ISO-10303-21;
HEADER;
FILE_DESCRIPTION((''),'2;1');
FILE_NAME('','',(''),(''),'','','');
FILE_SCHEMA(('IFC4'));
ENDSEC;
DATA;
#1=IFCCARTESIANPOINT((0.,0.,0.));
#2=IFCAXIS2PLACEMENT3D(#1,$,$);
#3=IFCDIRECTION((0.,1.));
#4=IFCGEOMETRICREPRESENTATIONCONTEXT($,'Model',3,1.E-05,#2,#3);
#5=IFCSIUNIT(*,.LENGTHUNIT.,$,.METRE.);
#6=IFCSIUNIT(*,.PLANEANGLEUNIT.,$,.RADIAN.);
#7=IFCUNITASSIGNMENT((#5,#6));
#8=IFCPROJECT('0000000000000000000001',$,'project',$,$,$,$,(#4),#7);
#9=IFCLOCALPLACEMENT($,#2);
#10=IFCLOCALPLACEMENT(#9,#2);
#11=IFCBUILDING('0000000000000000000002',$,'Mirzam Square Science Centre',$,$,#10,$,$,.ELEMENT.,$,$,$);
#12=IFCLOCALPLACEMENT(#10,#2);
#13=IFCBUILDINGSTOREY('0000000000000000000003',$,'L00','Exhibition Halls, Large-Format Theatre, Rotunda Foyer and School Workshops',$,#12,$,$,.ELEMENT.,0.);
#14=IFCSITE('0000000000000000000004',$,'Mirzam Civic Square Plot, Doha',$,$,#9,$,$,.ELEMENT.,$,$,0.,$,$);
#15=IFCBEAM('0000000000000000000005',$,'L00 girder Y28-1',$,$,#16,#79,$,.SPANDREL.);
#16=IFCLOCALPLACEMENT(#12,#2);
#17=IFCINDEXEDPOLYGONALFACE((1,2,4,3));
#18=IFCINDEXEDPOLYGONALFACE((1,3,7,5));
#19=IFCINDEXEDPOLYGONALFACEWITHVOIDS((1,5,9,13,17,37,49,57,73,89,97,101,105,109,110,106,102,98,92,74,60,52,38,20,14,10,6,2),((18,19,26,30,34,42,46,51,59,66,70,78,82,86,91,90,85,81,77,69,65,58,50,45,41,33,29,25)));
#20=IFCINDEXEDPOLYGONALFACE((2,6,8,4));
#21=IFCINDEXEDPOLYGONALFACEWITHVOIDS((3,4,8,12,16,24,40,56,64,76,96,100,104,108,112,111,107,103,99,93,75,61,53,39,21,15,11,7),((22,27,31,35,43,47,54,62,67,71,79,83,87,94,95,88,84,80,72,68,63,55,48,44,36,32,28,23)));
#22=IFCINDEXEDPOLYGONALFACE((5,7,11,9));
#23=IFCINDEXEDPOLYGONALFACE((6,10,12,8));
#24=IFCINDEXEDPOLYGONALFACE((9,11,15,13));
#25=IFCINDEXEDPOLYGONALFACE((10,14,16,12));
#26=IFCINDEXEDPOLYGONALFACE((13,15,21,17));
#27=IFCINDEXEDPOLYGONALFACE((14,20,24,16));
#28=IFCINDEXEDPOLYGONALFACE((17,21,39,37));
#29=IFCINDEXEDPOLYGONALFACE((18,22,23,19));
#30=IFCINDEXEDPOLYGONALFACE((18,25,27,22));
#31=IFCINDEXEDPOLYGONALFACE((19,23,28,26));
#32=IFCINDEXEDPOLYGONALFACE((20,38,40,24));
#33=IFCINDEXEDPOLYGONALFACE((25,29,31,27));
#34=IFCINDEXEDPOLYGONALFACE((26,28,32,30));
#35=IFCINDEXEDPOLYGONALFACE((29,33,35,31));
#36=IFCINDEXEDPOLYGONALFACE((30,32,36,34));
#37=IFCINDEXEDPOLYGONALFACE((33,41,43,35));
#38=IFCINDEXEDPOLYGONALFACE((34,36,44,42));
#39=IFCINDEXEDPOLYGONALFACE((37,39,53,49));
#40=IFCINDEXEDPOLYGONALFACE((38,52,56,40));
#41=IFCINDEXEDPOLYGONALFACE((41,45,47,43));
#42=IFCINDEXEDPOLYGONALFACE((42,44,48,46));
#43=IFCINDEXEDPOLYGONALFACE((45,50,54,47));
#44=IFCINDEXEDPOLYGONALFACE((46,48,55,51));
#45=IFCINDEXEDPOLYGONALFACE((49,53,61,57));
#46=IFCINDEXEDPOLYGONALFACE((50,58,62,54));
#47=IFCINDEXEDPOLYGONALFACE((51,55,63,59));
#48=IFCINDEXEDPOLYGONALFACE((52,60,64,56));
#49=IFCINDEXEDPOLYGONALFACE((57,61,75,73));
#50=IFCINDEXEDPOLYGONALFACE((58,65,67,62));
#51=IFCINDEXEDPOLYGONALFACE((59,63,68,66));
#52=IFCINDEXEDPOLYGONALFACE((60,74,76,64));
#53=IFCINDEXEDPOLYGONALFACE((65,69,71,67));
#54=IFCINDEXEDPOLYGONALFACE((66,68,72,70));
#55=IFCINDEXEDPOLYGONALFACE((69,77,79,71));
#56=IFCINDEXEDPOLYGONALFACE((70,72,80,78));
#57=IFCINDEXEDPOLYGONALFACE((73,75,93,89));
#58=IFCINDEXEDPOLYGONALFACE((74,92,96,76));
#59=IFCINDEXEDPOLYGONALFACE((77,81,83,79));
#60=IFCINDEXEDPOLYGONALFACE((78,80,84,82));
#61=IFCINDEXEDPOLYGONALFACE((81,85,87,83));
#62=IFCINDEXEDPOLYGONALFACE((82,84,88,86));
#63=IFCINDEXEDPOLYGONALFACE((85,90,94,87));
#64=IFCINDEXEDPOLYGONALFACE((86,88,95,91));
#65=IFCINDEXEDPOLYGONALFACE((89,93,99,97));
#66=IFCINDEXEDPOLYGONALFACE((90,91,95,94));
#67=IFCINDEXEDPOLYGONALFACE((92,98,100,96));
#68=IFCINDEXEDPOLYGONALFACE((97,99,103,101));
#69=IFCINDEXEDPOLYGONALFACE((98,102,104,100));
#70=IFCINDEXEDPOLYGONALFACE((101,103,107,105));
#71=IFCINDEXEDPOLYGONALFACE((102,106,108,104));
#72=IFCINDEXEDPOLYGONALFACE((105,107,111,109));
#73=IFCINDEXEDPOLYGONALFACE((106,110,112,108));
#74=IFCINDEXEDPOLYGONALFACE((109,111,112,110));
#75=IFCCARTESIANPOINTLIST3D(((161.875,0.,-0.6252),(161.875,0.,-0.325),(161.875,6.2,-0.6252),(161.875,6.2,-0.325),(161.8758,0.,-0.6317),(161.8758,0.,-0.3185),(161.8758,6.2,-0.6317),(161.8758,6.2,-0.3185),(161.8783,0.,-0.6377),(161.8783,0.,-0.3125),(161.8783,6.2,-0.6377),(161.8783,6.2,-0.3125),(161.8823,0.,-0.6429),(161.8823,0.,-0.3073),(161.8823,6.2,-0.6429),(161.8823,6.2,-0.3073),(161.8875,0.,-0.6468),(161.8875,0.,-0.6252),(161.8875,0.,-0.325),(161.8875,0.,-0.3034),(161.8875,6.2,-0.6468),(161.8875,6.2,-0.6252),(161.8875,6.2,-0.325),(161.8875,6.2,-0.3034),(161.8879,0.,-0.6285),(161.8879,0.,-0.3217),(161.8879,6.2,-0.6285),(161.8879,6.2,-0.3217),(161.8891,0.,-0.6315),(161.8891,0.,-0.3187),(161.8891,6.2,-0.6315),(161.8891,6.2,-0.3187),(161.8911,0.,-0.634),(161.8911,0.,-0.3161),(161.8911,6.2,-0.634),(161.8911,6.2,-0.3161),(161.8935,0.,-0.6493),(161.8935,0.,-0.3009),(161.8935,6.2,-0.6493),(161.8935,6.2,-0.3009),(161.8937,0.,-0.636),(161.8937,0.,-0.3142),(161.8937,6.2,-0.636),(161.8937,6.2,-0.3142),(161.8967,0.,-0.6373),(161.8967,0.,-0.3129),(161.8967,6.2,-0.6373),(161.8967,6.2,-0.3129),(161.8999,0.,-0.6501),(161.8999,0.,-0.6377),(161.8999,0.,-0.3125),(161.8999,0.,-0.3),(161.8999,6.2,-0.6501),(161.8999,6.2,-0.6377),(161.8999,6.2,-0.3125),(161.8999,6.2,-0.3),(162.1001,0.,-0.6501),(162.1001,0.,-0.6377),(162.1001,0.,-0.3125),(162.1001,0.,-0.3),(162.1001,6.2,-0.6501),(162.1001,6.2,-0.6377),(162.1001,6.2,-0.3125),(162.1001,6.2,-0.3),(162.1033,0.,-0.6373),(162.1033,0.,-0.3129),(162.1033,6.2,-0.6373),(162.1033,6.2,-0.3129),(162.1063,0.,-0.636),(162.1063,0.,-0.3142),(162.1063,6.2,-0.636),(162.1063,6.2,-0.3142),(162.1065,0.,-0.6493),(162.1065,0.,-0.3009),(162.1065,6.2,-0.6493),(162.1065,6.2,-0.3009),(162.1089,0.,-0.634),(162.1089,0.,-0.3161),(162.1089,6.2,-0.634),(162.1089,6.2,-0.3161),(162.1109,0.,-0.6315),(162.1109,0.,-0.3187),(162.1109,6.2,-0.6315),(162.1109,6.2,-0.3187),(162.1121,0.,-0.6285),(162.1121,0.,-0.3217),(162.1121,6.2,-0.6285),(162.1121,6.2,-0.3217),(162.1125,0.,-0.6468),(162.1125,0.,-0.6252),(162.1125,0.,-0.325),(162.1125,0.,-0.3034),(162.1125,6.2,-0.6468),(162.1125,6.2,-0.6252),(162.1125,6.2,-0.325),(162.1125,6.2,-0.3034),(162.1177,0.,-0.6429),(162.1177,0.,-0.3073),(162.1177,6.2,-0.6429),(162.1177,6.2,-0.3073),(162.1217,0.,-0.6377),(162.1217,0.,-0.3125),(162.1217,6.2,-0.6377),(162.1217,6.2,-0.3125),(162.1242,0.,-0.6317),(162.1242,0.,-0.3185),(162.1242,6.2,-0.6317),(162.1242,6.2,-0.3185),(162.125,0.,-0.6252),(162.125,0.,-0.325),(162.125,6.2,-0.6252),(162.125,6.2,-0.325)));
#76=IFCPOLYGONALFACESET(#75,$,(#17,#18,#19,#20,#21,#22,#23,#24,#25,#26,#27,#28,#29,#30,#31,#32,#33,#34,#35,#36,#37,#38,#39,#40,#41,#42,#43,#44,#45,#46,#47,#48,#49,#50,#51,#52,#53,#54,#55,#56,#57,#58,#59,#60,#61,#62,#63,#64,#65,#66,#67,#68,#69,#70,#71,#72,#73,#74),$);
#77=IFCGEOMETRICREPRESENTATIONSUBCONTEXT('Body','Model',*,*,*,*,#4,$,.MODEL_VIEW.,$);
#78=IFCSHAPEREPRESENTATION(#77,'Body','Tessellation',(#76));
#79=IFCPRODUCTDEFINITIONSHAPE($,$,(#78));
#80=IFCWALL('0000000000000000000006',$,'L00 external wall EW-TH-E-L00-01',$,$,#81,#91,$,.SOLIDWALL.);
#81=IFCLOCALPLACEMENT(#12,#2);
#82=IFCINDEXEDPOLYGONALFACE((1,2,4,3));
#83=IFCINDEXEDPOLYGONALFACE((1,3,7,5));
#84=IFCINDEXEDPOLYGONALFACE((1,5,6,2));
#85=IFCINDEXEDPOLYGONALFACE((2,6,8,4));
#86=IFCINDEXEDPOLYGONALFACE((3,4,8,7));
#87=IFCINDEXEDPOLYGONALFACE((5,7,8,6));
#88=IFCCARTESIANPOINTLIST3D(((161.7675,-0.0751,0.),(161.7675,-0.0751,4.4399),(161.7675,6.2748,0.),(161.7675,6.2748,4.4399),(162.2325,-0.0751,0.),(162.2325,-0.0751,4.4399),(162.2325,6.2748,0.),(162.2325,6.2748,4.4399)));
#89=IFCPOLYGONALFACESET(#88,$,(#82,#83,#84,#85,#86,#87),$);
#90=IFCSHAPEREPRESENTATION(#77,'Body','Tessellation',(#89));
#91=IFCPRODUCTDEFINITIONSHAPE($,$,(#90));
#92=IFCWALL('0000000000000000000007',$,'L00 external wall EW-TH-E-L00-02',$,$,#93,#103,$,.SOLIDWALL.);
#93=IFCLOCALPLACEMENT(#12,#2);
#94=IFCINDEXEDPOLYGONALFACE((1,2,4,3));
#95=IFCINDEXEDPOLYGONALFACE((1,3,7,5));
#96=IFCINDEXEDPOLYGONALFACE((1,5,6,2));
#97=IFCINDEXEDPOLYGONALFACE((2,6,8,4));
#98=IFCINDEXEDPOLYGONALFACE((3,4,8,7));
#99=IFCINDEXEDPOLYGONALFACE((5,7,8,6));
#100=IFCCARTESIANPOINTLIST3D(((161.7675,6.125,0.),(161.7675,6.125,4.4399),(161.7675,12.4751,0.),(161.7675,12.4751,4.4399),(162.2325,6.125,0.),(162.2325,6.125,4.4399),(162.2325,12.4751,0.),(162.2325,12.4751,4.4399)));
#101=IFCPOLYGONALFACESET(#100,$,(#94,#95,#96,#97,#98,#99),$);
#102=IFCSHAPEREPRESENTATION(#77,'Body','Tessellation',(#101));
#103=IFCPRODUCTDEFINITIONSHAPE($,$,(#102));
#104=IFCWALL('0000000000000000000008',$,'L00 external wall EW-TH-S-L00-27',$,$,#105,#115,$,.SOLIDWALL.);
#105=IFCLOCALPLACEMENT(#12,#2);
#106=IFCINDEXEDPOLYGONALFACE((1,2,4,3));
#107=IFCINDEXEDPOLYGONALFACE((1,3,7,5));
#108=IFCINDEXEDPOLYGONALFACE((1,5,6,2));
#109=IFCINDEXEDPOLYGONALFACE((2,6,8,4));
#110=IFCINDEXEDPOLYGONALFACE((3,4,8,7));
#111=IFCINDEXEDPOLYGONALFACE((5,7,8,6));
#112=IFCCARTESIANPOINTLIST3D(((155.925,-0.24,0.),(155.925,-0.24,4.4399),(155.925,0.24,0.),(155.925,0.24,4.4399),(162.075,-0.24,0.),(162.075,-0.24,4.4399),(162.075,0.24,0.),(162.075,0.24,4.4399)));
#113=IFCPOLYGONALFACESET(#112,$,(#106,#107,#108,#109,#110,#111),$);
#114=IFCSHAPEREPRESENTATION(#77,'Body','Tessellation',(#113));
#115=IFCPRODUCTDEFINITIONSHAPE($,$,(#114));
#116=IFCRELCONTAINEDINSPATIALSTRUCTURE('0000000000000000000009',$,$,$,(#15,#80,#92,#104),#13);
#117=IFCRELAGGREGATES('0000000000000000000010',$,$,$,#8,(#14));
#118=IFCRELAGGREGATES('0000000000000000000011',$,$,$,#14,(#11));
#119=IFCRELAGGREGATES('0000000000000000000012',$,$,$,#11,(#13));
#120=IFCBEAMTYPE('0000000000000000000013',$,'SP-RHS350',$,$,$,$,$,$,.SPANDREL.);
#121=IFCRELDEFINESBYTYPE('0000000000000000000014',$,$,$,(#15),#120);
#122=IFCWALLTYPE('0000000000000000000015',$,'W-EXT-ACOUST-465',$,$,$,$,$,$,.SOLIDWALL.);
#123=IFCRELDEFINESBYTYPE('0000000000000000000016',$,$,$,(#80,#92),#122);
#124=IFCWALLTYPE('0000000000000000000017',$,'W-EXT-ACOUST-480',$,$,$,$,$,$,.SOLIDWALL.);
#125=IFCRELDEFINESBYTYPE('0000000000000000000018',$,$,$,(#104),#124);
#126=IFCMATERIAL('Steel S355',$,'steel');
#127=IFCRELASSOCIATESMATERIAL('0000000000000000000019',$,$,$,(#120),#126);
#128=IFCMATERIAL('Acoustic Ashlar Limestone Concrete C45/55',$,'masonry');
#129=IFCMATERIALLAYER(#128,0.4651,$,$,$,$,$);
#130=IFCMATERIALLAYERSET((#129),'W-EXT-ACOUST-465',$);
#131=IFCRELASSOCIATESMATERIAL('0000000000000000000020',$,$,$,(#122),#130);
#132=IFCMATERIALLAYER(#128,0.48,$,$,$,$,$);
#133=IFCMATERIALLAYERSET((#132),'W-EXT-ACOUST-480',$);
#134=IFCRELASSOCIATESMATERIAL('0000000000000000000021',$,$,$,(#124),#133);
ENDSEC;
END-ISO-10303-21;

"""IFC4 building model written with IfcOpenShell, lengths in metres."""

from ifc_helpers import new_model, si_unit, direction, frame, frame_2d, origin, origin_2d, place, context, subcontext, project, spatial, rectangle, hollow_rectangle, extrude, material, layer, layer_set, material_profile, profile_set, type_object, element, save


model = new_model("IFC4")

# Units and contexts
model_context = context("Model", 3, precision=1e-05, world=origin(), true_north=direction((0.0, 1.0)))
body_context = subcontext(model_context, "Body", "Model", "MODEL_VIEW")
ifc_project = project(units=[si_unit("LENGTHUNIT", "METRE"), si_unit("PLANEANGLEUNIT", "RADIAN")], contexts=[model_context])

# Site, building, storey
site_placement = place(None, origin())
site = spatial("IfcSite", under=ifc_project, at=site_placement, Name="Mirzam Civic Square Plot, Doha", CompositionType="ELEMENT", RefElevation=0.0)
building_placement = place(site_placement, origin())
building = spatial("IfcBuilding", under=site, at=building_placement, Name="Mirzam Square Science Centre", CompositionType="ELEMENT")
storey_placement = place(building_placement, origin())
storey = spatial("IfcBuildingStorey", under=building, at=storey_placement, Name="L00", Description="Exhibition Halls, Large-Format Theatre, Rotunda Foyer and School Workshops", CompositionType="ELEMENT", Elevation=0.0)

# Shared definitions
ifc_material_1 = material(Name="Steel S355", Category="steel")

# Beam
ifc_material_profile_1 = material_profile(ifc_material_1, hollow_rectangle(XDim=0.25, YDim=0.3501, WallThickness=0.0125, InnerFilletRadius=0.0125, OuterFilletRadius=0.0249, at=origin_2d()), Name="350x250x12.5RHS")
ifc_profile_set_1 = profile_set([ifc_material_profile_1], Name="Steel S355")
beam_type_1 = type_object("IfcBeamType", Name="SP-RHS350", PredefinedType="SPANDREL", material=ifc_profile_set_1)
beam_1_placement = place(storey_placement, frame((162.0, 0.0, -0.4751), z_axis=(0.0, 1.0, 0.0), x_axis=(-1.0, 0.0, 0.0)))
element("IfcBeam", 1, at=beam_1_placement, inside=storey, type_object=beam_type_1, Name="L00 girder Y28-1", PredefinedType="SPANDREL", context=body_context, shape_type="SweptSolid", body=[
    extrude(hollow_rectangle(XDim=0.25, YDim=0.3501, WallThickness=0.0125, InnerFilletRadius=0.0125, OuterFilletRadius=0.0249, at=origin_2d()), origin(), (0.0, 0.0, 1.0), 6.2),
])

# Walls
ifc_material_2 = material(Name="Acoustic Ashlar Limestone Concrete C45/55", Category="masonry")
ifc_layer_1 = layer(ifc_material_2, 0.4651)
ifc_layer_set_1 = layer_set([ifc_layer_1], Name="W-EXT-ACOUST-465")
wall_type_1 = type_object("IfcWallType", Name="W-EXT-ACOUST-465", PredefinedType="SOLIDWALL", material=ifc_layer_set_1)
wall_1_placement = place(storey_placement, frame((162.0, -0.075, 0.0), z_axis=(0.0, 0.0, 1.0), x_axis=(0.0, 1.0, 0.0)))
element("IfcWall", 2, at=wall_1_placement, inside=storey, type_object=wall_type_1, Name="L00 external wall EW-TH-E-L00-01", PredefinedType="SOLIDWALL", context=body_context, shape_type="SweptSolid", body=[
    extrude(rectangle(XDim=6.3499, YDim=0.4651, at=frame_2d((3.1748, 0.0))), origin(), (0.0, 0.0, 1.0), 4.4399),
])
wall_2_placement = place(storey_placement, frame((162.0, 6.125, 0.0), z_axis=(0.0, 0.0, 1.0), x_axis=(0.0, 1.0, 0.0)))
element("IfcWall", 3, at=wall_2_placement, inside=storey, type_object=wall_type_1, Name="L00 external wall EW-TH-E-L00-02", PredefinedType="SOLIDWALL", context=body_context, shape_type="SweptSolid", body=[
    extrude(rectangle(XDim=6.3501, YDim=0.4651, at=frame_2d((3.175, 0.0))), origin(), (0.0, 0.0, 1.0), 4.4399),
])
ifc_layer_2 = layer(ifc_material_2, 0.48)
ifc_layer_set_2 = layer_set([ifc_layer_2], Name="W-EXT-ACOUST-480")
wall_type_2 = type_object("IfcWallType", Name="W-EXT-ACOUST-480", PredefinedType="SOLIDWALL", material=ifc_layer_set_2)
wall_3_placement = place(storey_placement, frame((155.925, 0.0, 0.0), z_axis=(0.0, 0.0, 1.0), x_axis=(1.0, 0.0, 0.0)))
element("IfcWall", 4, at=wall_3_placement, inside=storey, type_object=wall_type_2, Name="L00 external wall EW-TH-S-L00-27", PredefinedType="SOLIDWALL", context=body_context, shape_type="SweptSolid", body=[
    extrude(rectangle(XDim=6.1499, YDim=0.48, at=frame_2d((3.075, 0.0))), origin(), (0.0, 0.0, 1.0), 4.4399),
])

save(model, "model.ifc")
